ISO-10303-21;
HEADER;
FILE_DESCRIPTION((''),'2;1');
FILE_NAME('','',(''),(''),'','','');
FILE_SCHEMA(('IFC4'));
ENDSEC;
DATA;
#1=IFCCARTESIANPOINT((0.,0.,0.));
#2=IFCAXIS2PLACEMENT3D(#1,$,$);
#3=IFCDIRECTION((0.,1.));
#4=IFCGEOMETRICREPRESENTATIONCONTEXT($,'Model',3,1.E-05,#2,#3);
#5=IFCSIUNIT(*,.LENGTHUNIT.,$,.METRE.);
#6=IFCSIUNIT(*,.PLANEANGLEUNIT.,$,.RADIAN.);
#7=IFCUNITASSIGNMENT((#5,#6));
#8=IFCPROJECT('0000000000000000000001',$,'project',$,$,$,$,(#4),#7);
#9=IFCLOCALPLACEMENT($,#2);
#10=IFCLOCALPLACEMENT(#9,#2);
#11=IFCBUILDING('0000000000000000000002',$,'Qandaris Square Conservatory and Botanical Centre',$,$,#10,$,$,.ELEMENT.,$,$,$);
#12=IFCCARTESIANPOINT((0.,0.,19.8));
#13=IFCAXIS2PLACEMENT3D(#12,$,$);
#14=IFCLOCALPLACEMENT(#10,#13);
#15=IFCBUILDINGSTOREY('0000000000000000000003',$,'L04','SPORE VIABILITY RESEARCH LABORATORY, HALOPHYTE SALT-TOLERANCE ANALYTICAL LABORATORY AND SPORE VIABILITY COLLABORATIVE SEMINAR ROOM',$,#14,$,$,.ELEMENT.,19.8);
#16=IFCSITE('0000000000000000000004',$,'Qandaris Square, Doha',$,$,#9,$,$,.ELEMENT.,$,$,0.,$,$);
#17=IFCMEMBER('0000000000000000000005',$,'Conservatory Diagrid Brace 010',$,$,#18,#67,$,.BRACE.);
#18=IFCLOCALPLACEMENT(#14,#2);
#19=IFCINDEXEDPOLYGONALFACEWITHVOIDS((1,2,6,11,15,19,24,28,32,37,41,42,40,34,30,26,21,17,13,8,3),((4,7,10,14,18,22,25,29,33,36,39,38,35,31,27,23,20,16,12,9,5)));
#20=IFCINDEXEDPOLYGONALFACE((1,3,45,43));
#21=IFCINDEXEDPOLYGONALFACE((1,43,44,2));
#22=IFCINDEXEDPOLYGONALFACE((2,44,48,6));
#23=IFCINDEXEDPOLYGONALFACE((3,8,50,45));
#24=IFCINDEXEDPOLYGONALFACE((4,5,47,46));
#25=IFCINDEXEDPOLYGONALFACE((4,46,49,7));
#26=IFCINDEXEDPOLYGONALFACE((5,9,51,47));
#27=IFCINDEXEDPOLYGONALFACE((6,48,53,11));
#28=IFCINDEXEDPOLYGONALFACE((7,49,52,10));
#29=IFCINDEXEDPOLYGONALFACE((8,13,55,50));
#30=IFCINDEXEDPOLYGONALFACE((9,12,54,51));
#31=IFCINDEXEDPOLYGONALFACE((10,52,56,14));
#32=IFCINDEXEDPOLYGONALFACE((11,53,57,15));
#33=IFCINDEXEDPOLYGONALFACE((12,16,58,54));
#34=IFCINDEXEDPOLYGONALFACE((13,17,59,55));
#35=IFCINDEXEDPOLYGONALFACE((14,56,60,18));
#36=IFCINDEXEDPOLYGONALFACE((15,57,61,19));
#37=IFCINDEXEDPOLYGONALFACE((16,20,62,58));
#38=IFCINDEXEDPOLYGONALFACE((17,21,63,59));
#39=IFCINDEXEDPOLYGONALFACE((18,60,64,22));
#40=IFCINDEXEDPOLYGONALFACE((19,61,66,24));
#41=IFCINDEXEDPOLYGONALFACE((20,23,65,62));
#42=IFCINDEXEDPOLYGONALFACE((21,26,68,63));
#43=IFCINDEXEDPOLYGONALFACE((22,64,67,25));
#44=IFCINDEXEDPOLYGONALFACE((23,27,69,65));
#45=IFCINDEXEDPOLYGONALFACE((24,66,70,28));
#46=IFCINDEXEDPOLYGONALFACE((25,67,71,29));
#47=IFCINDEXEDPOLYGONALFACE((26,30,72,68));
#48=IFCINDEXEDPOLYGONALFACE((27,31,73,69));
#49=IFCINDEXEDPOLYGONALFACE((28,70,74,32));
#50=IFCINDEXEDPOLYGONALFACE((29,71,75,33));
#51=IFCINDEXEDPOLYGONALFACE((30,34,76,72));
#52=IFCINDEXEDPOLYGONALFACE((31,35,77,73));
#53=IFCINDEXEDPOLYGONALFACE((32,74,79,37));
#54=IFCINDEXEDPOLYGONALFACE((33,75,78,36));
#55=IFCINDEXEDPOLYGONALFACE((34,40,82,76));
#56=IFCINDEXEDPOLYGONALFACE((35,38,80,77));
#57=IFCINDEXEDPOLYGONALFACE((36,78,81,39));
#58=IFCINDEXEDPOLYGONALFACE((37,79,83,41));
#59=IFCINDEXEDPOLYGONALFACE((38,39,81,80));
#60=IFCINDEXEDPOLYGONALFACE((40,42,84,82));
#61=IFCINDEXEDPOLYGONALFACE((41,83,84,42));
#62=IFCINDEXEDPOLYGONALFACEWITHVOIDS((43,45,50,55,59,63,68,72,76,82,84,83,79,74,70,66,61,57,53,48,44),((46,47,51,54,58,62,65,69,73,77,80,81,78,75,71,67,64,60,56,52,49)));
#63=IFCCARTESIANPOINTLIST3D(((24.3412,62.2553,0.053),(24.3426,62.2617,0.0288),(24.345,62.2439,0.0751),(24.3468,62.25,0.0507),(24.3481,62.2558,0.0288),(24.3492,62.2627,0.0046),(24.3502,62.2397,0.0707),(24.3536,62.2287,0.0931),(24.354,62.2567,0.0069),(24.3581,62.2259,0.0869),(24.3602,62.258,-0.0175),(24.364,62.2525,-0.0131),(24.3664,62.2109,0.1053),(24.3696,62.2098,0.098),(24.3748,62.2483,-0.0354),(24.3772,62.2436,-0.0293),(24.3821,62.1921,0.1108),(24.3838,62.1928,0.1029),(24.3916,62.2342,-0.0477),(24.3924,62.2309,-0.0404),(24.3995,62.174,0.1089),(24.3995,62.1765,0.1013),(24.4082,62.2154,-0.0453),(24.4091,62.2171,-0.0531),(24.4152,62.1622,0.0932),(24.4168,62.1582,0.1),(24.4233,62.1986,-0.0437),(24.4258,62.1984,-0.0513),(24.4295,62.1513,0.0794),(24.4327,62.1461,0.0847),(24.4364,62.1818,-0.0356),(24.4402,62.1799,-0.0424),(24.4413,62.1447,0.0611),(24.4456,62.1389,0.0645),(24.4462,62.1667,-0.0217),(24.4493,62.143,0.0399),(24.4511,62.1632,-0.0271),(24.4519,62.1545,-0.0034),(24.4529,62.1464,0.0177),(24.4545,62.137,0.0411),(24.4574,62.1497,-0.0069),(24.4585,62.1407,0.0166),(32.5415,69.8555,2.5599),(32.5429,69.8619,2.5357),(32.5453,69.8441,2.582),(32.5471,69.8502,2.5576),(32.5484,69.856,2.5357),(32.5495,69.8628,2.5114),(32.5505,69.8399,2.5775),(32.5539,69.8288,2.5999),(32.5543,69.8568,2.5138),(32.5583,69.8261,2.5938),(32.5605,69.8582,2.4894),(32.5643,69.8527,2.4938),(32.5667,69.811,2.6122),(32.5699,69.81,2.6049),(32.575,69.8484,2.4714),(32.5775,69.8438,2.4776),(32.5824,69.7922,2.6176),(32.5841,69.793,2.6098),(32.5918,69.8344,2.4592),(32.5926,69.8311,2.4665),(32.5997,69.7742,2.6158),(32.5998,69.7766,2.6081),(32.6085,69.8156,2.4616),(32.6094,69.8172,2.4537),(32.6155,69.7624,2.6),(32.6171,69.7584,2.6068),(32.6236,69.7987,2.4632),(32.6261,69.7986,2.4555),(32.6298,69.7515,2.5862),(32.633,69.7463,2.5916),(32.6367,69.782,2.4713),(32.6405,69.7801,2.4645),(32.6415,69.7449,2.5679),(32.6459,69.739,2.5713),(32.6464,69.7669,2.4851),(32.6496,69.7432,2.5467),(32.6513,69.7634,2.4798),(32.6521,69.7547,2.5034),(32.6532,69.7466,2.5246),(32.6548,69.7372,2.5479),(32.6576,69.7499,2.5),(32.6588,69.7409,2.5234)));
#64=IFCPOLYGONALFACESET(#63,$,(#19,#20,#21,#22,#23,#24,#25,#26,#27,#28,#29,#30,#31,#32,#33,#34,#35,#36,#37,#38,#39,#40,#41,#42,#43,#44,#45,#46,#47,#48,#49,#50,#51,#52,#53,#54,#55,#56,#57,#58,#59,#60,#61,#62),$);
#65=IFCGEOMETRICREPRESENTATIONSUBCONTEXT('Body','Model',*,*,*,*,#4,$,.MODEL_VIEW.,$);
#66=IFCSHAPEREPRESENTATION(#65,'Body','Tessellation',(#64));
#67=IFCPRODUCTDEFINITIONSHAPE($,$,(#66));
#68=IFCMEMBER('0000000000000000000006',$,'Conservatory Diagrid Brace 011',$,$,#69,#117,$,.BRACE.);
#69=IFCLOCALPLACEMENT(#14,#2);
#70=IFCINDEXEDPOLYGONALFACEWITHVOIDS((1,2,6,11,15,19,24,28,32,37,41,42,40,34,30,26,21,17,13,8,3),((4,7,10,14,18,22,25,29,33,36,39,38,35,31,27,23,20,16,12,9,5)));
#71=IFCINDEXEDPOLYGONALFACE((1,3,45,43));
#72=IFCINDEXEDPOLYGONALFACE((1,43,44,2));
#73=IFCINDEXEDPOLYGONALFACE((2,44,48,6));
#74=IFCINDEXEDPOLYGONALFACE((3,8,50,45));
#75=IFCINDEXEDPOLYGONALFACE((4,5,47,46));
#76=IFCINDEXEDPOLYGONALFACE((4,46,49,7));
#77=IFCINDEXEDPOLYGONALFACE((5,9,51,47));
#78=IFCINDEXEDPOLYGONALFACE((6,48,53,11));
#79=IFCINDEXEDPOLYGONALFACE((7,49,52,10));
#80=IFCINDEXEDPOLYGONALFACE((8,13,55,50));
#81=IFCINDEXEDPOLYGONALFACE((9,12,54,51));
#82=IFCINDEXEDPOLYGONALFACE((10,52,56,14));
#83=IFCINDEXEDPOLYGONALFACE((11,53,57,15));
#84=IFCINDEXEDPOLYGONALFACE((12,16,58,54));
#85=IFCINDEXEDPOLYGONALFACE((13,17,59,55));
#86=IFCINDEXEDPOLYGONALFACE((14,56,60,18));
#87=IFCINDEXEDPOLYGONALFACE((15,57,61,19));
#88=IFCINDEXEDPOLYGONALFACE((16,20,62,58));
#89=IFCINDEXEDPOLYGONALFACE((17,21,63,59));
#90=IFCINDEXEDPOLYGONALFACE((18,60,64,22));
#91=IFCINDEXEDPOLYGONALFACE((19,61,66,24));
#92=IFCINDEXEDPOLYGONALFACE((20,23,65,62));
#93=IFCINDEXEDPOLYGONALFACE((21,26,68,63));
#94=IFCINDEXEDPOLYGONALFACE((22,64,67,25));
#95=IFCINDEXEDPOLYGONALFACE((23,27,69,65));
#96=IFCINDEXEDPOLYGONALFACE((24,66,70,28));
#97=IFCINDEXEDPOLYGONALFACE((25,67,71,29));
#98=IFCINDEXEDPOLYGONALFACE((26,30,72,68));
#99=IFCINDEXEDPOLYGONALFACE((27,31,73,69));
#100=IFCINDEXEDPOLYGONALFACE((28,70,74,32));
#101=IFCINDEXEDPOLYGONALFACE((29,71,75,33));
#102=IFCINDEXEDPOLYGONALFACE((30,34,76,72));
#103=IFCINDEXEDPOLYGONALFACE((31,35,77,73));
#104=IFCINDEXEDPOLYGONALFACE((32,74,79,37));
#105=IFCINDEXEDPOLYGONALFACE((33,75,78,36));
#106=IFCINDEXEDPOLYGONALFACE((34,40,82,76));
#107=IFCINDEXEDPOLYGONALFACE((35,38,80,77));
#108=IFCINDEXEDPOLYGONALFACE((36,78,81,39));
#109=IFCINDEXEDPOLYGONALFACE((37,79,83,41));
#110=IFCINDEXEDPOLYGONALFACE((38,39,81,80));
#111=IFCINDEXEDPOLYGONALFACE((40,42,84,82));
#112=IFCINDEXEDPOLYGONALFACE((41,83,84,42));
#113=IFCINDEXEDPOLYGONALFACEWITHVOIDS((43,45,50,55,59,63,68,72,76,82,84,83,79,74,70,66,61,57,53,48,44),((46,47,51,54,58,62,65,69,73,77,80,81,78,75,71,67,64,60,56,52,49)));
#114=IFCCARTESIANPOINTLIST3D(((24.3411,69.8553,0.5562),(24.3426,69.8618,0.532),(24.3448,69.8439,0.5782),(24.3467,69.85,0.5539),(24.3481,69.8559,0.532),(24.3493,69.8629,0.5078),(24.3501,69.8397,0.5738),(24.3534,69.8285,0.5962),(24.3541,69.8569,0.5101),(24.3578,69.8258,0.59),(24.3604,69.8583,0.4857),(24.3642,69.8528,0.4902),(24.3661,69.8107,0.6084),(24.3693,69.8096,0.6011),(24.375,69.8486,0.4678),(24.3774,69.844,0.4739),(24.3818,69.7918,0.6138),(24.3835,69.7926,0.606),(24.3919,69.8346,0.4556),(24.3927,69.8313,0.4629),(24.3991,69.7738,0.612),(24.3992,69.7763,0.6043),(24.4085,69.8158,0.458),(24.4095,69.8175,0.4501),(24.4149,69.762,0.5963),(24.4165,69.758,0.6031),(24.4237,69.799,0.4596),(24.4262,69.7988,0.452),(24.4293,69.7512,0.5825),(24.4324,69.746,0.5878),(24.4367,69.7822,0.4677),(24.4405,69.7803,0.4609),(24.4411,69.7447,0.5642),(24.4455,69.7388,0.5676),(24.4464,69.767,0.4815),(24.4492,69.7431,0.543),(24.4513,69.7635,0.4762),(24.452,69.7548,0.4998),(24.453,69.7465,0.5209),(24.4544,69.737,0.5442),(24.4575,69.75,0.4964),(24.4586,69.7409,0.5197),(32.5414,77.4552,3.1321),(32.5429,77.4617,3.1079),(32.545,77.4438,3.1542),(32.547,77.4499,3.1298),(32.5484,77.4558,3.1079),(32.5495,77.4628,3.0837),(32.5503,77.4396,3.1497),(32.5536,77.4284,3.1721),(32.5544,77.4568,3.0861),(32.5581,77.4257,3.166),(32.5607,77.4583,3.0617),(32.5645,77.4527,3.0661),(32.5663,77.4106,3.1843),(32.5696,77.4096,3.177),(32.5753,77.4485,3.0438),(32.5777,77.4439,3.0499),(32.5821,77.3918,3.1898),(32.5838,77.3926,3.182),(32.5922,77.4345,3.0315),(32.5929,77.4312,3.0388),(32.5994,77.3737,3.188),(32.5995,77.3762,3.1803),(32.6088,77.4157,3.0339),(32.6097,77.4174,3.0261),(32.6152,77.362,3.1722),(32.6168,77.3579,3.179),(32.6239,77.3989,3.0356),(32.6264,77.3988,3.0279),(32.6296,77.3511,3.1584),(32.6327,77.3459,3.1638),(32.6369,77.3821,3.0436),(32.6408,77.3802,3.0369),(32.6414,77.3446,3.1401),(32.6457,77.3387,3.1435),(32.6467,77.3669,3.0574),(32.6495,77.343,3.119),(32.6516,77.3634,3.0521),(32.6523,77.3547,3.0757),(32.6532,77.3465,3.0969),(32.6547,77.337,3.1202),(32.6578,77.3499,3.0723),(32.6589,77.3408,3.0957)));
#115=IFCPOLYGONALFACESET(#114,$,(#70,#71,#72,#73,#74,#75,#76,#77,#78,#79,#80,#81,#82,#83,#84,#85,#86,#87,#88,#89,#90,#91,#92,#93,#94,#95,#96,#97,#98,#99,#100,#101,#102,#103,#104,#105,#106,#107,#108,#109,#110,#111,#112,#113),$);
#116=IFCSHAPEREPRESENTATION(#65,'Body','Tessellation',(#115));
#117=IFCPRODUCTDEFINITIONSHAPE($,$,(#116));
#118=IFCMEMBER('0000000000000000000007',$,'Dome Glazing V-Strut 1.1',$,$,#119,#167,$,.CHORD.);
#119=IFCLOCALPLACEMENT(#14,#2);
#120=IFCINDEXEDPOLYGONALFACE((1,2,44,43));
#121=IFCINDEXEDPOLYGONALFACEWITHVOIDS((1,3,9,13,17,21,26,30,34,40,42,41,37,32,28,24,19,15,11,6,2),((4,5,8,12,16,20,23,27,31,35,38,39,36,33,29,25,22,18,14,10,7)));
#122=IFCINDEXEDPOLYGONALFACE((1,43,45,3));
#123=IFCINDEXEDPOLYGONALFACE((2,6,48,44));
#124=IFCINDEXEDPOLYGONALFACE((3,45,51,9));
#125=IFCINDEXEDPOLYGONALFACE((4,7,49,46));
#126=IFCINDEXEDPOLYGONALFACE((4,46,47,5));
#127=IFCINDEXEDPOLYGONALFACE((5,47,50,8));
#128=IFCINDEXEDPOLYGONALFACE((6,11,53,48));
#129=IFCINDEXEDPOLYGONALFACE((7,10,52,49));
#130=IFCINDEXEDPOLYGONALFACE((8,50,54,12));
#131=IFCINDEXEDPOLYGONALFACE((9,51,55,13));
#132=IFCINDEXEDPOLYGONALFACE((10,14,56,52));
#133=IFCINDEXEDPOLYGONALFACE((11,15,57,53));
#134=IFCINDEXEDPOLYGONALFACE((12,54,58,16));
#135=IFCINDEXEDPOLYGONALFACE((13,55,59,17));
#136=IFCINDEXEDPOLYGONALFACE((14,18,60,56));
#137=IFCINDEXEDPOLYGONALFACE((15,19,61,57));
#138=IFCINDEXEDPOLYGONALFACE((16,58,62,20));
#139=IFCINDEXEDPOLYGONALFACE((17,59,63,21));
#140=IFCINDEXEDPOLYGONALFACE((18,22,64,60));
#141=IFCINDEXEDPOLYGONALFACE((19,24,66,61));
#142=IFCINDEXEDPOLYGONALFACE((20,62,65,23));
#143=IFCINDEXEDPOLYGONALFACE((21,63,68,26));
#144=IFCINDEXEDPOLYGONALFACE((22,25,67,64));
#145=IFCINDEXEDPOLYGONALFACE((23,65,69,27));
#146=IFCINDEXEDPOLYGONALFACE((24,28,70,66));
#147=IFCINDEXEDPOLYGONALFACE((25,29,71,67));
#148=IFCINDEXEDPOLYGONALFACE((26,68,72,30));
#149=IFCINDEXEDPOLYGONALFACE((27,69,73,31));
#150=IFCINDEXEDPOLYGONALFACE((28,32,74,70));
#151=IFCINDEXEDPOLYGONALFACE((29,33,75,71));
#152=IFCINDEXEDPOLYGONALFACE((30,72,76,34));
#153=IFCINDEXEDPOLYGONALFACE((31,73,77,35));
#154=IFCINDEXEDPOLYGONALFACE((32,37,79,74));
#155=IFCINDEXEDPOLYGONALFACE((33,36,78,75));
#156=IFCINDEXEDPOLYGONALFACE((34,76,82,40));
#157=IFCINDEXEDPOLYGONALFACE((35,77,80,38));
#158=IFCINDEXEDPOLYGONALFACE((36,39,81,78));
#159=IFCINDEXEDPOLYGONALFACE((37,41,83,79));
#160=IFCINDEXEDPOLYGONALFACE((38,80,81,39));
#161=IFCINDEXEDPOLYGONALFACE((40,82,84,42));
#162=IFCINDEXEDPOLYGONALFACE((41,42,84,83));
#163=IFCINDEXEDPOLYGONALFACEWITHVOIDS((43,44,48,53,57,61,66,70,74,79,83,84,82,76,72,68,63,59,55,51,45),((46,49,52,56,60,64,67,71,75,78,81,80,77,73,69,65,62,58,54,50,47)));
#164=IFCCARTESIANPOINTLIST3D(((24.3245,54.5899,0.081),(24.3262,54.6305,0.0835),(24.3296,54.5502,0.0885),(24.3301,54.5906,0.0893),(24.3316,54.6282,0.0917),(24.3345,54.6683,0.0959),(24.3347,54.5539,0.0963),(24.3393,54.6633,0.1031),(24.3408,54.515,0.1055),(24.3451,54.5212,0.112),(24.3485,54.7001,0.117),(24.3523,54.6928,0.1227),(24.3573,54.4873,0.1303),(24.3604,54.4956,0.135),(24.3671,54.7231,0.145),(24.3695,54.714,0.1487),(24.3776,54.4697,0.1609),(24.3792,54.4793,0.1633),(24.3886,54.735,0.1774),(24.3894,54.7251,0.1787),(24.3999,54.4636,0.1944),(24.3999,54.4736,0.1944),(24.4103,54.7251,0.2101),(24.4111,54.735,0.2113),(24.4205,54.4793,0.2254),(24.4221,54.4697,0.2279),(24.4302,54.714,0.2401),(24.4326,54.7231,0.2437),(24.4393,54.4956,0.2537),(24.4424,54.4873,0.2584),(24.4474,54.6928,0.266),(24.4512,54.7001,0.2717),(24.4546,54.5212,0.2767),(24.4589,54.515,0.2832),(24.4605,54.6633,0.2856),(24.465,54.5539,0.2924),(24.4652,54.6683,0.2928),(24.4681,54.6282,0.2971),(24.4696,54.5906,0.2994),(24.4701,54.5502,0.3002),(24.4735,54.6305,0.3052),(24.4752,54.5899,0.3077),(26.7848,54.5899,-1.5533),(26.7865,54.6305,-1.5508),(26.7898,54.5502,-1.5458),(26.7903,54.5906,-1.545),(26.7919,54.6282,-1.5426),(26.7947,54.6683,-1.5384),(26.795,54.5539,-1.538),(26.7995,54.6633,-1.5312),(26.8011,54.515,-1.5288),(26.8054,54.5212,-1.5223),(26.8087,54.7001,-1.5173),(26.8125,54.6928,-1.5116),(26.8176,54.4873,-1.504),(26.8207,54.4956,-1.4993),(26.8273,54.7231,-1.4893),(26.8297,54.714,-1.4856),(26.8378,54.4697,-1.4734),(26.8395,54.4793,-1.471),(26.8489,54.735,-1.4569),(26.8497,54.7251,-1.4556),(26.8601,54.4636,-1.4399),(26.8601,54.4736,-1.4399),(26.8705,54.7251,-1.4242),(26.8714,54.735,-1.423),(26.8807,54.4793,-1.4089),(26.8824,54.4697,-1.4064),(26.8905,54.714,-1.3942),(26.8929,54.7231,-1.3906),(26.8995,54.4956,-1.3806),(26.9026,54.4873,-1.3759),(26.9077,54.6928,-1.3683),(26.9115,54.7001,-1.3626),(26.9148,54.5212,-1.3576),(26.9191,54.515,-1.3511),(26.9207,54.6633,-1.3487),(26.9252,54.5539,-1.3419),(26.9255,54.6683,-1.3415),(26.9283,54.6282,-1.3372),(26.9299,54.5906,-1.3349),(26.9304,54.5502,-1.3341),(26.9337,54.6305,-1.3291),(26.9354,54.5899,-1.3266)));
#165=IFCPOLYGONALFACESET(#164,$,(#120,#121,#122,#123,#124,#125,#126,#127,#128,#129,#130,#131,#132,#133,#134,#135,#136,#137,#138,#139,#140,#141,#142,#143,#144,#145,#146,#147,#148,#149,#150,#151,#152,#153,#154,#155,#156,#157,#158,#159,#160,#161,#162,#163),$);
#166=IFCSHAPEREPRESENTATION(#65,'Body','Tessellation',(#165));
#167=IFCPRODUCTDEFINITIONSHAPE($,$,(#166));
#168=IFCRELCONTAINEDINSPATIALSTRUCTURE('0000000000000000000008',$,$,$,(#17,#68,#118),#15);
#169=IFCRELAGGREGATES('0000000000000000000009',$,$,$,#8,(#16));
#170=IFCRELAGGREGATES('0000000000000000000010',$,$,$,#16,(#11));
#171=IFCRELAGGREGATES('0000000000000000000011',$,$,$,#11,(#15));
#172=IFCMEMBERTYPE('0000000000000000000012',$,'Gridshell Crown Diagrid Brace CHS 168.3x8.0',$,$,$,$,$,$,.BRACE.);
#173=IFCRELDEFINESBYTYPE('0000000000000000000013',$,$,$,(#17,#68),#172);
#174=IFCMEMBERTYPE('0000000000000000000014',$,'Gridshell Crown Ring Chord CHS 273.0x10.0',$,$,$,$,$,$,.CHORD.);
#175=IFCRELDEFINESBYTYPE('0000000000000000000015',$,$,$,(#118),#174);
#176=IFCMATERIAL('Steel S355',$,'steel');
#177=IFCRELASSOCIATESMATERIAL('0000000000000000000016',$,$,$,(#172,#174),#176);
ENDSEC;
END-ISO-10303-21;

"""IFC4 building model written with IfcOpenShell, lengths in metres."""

from ifc_helpers import new_model, si_unit, direction, frame, origin, origin_2d, place, context, subcontext, project, spatial, hollow_circle, extrude, material, material_profile, profile_set, type_object, element, save


model = new_model("IFC4")

# Units and contexts
model_context = context("Model", 3, precision=1e-05, world=origin(), true_north=direction((0.0, 1.0)))
body_context = subcontext(model_context, "Body", "Model", "MODEL_VIEW")
ifc_project = project(units=[si_unit("LENGTHUNIT", "METRE"), si_unit("PLANEANGLEUNIT", "RADIAN")], contexts=[model_context])

# Site, building, storey
site_placement = place(None, origin())
site = spatial("IfcSite", under=ifc_project, at=site_placement, Name="Qandaris Square, Doha", CompositionType="ELEMENT", RefElevation=0.0)
building_placement = place(site_placement, origin())
building = spatial("IfcBuilding", under=site, at=building_placement, Name="Qandaris Square Conservatory and Botanical Centre", CompositionType="ELEMENT")
storey_placement = place(building_placement, frame((0.0, 0.0, 19.8)))
storey = spatial("IfcBuildingStorey", under=building, at=storey_placement, Name="L04", Description="SPORE VIABILITY RESEARCH LABORATORY, HALOPHYTE SALT-TOLERANCE ANALYTICAL LABORATORY AND SPORE VIABILITY COLLABORATIVE SEMINAR ROOM", CompositionType="ELEMENT", Elevation=19.8)

# Members
ifc_material = material(Name="Steel S355", Category="steel")
ifc_material_profile_1 = material_profile(ifc_material, hollow_circle(Radius=0.0842, WallThickness=0.0081, at=origin_2d()), Name="CHS 168.3x8.0")
ifc_profile_set_1 = profile_set([ifc_material_profile_1], Name="Steel S355")
member_type_1 = type_object("IfcMemberType", Name="Gridshell Crown Diagrid Brace CHS 168.3x8.0", PredefinedType="BRACE", material=ifc_profile_set_1)
member_1_placement = place(storey_placement, frame((24.3999, 62.2, 0.0288), z_axis=(0.715666, 0.663293, 0.218782), x_axis=(-0.679761, 0.733434, 0.0)))
element("IfcMember", 1, at=member_1_placement, inside=storey, type_object=member_type_1, Name="Conservatory Diagrid Brace 010", PredefinedType="BRACE", context=body_context, shape_type="SweptSolid", body=[
    extrude(hollow_circle(Radius=0.0842, WallThickness=0.0081, at=origin_2d()), origin(), (0.0, 0.0, 1.0), 11.4583),
])
member_2_placement = place(storey_placement, frame((24.3999, 69.8, 0.532), z_axis=(0.71472, 0.662395, 0.224515), x_axis=(-0.679749, 0.733445, 0.0)))
element("IfcMember", 2, at=member_2_placement, inside=storey, type_object=member_type_1, Name="Conservatory Diagrid Brace 011", PredefinedType="BRACE", context=body_context, shape_type="SweptSolid", body=[
    extrude(hollow_circle(Radius=0.0842, WallThickness=0.0081, at=origin_2d()), origin(), (0.0, 0.0, 1.0), 11.4734),
])
ifc_material_profile_2 = material_profile(ifc_material, hollow_circle(Radius=0.1365, WallThickness=0.01, at=origin_2d()), Name="CHS 273.0x10.0")
ifc_profile_set_2 = profile_set([ifc_material_profile_2], Name="Steel S355")
member_type_2 = type_object("IfcMemberType", Name="Gridshell Crown Ring Chord CHS 273.0x10.0", PredefinedType="CHORD", material=ifc_profile_set_2)
member_3_placement = place(storey_placement, frame((26.8601, 54.6001, -1.4399), z_axis=(-0.832965, 0.0, 0.553326), x_axis=(0.0, -1.0, 0.0)))
element("IfcMember", 3, at=member_3_placement, inside=storey, type_object=member_type_2, Name="Dome Glazing V-Strut 1.1", PredefinedType="CHORD", context=body_context, shape_type="SweptSolid", body=[
    extrude(hollow_circle(Radius=0.1365, WallThickness=0.01, at=origin_2d()), origin(), (0.0, 0.0, 1.0), 2.9536),
])

save(model, "model.ifc")
